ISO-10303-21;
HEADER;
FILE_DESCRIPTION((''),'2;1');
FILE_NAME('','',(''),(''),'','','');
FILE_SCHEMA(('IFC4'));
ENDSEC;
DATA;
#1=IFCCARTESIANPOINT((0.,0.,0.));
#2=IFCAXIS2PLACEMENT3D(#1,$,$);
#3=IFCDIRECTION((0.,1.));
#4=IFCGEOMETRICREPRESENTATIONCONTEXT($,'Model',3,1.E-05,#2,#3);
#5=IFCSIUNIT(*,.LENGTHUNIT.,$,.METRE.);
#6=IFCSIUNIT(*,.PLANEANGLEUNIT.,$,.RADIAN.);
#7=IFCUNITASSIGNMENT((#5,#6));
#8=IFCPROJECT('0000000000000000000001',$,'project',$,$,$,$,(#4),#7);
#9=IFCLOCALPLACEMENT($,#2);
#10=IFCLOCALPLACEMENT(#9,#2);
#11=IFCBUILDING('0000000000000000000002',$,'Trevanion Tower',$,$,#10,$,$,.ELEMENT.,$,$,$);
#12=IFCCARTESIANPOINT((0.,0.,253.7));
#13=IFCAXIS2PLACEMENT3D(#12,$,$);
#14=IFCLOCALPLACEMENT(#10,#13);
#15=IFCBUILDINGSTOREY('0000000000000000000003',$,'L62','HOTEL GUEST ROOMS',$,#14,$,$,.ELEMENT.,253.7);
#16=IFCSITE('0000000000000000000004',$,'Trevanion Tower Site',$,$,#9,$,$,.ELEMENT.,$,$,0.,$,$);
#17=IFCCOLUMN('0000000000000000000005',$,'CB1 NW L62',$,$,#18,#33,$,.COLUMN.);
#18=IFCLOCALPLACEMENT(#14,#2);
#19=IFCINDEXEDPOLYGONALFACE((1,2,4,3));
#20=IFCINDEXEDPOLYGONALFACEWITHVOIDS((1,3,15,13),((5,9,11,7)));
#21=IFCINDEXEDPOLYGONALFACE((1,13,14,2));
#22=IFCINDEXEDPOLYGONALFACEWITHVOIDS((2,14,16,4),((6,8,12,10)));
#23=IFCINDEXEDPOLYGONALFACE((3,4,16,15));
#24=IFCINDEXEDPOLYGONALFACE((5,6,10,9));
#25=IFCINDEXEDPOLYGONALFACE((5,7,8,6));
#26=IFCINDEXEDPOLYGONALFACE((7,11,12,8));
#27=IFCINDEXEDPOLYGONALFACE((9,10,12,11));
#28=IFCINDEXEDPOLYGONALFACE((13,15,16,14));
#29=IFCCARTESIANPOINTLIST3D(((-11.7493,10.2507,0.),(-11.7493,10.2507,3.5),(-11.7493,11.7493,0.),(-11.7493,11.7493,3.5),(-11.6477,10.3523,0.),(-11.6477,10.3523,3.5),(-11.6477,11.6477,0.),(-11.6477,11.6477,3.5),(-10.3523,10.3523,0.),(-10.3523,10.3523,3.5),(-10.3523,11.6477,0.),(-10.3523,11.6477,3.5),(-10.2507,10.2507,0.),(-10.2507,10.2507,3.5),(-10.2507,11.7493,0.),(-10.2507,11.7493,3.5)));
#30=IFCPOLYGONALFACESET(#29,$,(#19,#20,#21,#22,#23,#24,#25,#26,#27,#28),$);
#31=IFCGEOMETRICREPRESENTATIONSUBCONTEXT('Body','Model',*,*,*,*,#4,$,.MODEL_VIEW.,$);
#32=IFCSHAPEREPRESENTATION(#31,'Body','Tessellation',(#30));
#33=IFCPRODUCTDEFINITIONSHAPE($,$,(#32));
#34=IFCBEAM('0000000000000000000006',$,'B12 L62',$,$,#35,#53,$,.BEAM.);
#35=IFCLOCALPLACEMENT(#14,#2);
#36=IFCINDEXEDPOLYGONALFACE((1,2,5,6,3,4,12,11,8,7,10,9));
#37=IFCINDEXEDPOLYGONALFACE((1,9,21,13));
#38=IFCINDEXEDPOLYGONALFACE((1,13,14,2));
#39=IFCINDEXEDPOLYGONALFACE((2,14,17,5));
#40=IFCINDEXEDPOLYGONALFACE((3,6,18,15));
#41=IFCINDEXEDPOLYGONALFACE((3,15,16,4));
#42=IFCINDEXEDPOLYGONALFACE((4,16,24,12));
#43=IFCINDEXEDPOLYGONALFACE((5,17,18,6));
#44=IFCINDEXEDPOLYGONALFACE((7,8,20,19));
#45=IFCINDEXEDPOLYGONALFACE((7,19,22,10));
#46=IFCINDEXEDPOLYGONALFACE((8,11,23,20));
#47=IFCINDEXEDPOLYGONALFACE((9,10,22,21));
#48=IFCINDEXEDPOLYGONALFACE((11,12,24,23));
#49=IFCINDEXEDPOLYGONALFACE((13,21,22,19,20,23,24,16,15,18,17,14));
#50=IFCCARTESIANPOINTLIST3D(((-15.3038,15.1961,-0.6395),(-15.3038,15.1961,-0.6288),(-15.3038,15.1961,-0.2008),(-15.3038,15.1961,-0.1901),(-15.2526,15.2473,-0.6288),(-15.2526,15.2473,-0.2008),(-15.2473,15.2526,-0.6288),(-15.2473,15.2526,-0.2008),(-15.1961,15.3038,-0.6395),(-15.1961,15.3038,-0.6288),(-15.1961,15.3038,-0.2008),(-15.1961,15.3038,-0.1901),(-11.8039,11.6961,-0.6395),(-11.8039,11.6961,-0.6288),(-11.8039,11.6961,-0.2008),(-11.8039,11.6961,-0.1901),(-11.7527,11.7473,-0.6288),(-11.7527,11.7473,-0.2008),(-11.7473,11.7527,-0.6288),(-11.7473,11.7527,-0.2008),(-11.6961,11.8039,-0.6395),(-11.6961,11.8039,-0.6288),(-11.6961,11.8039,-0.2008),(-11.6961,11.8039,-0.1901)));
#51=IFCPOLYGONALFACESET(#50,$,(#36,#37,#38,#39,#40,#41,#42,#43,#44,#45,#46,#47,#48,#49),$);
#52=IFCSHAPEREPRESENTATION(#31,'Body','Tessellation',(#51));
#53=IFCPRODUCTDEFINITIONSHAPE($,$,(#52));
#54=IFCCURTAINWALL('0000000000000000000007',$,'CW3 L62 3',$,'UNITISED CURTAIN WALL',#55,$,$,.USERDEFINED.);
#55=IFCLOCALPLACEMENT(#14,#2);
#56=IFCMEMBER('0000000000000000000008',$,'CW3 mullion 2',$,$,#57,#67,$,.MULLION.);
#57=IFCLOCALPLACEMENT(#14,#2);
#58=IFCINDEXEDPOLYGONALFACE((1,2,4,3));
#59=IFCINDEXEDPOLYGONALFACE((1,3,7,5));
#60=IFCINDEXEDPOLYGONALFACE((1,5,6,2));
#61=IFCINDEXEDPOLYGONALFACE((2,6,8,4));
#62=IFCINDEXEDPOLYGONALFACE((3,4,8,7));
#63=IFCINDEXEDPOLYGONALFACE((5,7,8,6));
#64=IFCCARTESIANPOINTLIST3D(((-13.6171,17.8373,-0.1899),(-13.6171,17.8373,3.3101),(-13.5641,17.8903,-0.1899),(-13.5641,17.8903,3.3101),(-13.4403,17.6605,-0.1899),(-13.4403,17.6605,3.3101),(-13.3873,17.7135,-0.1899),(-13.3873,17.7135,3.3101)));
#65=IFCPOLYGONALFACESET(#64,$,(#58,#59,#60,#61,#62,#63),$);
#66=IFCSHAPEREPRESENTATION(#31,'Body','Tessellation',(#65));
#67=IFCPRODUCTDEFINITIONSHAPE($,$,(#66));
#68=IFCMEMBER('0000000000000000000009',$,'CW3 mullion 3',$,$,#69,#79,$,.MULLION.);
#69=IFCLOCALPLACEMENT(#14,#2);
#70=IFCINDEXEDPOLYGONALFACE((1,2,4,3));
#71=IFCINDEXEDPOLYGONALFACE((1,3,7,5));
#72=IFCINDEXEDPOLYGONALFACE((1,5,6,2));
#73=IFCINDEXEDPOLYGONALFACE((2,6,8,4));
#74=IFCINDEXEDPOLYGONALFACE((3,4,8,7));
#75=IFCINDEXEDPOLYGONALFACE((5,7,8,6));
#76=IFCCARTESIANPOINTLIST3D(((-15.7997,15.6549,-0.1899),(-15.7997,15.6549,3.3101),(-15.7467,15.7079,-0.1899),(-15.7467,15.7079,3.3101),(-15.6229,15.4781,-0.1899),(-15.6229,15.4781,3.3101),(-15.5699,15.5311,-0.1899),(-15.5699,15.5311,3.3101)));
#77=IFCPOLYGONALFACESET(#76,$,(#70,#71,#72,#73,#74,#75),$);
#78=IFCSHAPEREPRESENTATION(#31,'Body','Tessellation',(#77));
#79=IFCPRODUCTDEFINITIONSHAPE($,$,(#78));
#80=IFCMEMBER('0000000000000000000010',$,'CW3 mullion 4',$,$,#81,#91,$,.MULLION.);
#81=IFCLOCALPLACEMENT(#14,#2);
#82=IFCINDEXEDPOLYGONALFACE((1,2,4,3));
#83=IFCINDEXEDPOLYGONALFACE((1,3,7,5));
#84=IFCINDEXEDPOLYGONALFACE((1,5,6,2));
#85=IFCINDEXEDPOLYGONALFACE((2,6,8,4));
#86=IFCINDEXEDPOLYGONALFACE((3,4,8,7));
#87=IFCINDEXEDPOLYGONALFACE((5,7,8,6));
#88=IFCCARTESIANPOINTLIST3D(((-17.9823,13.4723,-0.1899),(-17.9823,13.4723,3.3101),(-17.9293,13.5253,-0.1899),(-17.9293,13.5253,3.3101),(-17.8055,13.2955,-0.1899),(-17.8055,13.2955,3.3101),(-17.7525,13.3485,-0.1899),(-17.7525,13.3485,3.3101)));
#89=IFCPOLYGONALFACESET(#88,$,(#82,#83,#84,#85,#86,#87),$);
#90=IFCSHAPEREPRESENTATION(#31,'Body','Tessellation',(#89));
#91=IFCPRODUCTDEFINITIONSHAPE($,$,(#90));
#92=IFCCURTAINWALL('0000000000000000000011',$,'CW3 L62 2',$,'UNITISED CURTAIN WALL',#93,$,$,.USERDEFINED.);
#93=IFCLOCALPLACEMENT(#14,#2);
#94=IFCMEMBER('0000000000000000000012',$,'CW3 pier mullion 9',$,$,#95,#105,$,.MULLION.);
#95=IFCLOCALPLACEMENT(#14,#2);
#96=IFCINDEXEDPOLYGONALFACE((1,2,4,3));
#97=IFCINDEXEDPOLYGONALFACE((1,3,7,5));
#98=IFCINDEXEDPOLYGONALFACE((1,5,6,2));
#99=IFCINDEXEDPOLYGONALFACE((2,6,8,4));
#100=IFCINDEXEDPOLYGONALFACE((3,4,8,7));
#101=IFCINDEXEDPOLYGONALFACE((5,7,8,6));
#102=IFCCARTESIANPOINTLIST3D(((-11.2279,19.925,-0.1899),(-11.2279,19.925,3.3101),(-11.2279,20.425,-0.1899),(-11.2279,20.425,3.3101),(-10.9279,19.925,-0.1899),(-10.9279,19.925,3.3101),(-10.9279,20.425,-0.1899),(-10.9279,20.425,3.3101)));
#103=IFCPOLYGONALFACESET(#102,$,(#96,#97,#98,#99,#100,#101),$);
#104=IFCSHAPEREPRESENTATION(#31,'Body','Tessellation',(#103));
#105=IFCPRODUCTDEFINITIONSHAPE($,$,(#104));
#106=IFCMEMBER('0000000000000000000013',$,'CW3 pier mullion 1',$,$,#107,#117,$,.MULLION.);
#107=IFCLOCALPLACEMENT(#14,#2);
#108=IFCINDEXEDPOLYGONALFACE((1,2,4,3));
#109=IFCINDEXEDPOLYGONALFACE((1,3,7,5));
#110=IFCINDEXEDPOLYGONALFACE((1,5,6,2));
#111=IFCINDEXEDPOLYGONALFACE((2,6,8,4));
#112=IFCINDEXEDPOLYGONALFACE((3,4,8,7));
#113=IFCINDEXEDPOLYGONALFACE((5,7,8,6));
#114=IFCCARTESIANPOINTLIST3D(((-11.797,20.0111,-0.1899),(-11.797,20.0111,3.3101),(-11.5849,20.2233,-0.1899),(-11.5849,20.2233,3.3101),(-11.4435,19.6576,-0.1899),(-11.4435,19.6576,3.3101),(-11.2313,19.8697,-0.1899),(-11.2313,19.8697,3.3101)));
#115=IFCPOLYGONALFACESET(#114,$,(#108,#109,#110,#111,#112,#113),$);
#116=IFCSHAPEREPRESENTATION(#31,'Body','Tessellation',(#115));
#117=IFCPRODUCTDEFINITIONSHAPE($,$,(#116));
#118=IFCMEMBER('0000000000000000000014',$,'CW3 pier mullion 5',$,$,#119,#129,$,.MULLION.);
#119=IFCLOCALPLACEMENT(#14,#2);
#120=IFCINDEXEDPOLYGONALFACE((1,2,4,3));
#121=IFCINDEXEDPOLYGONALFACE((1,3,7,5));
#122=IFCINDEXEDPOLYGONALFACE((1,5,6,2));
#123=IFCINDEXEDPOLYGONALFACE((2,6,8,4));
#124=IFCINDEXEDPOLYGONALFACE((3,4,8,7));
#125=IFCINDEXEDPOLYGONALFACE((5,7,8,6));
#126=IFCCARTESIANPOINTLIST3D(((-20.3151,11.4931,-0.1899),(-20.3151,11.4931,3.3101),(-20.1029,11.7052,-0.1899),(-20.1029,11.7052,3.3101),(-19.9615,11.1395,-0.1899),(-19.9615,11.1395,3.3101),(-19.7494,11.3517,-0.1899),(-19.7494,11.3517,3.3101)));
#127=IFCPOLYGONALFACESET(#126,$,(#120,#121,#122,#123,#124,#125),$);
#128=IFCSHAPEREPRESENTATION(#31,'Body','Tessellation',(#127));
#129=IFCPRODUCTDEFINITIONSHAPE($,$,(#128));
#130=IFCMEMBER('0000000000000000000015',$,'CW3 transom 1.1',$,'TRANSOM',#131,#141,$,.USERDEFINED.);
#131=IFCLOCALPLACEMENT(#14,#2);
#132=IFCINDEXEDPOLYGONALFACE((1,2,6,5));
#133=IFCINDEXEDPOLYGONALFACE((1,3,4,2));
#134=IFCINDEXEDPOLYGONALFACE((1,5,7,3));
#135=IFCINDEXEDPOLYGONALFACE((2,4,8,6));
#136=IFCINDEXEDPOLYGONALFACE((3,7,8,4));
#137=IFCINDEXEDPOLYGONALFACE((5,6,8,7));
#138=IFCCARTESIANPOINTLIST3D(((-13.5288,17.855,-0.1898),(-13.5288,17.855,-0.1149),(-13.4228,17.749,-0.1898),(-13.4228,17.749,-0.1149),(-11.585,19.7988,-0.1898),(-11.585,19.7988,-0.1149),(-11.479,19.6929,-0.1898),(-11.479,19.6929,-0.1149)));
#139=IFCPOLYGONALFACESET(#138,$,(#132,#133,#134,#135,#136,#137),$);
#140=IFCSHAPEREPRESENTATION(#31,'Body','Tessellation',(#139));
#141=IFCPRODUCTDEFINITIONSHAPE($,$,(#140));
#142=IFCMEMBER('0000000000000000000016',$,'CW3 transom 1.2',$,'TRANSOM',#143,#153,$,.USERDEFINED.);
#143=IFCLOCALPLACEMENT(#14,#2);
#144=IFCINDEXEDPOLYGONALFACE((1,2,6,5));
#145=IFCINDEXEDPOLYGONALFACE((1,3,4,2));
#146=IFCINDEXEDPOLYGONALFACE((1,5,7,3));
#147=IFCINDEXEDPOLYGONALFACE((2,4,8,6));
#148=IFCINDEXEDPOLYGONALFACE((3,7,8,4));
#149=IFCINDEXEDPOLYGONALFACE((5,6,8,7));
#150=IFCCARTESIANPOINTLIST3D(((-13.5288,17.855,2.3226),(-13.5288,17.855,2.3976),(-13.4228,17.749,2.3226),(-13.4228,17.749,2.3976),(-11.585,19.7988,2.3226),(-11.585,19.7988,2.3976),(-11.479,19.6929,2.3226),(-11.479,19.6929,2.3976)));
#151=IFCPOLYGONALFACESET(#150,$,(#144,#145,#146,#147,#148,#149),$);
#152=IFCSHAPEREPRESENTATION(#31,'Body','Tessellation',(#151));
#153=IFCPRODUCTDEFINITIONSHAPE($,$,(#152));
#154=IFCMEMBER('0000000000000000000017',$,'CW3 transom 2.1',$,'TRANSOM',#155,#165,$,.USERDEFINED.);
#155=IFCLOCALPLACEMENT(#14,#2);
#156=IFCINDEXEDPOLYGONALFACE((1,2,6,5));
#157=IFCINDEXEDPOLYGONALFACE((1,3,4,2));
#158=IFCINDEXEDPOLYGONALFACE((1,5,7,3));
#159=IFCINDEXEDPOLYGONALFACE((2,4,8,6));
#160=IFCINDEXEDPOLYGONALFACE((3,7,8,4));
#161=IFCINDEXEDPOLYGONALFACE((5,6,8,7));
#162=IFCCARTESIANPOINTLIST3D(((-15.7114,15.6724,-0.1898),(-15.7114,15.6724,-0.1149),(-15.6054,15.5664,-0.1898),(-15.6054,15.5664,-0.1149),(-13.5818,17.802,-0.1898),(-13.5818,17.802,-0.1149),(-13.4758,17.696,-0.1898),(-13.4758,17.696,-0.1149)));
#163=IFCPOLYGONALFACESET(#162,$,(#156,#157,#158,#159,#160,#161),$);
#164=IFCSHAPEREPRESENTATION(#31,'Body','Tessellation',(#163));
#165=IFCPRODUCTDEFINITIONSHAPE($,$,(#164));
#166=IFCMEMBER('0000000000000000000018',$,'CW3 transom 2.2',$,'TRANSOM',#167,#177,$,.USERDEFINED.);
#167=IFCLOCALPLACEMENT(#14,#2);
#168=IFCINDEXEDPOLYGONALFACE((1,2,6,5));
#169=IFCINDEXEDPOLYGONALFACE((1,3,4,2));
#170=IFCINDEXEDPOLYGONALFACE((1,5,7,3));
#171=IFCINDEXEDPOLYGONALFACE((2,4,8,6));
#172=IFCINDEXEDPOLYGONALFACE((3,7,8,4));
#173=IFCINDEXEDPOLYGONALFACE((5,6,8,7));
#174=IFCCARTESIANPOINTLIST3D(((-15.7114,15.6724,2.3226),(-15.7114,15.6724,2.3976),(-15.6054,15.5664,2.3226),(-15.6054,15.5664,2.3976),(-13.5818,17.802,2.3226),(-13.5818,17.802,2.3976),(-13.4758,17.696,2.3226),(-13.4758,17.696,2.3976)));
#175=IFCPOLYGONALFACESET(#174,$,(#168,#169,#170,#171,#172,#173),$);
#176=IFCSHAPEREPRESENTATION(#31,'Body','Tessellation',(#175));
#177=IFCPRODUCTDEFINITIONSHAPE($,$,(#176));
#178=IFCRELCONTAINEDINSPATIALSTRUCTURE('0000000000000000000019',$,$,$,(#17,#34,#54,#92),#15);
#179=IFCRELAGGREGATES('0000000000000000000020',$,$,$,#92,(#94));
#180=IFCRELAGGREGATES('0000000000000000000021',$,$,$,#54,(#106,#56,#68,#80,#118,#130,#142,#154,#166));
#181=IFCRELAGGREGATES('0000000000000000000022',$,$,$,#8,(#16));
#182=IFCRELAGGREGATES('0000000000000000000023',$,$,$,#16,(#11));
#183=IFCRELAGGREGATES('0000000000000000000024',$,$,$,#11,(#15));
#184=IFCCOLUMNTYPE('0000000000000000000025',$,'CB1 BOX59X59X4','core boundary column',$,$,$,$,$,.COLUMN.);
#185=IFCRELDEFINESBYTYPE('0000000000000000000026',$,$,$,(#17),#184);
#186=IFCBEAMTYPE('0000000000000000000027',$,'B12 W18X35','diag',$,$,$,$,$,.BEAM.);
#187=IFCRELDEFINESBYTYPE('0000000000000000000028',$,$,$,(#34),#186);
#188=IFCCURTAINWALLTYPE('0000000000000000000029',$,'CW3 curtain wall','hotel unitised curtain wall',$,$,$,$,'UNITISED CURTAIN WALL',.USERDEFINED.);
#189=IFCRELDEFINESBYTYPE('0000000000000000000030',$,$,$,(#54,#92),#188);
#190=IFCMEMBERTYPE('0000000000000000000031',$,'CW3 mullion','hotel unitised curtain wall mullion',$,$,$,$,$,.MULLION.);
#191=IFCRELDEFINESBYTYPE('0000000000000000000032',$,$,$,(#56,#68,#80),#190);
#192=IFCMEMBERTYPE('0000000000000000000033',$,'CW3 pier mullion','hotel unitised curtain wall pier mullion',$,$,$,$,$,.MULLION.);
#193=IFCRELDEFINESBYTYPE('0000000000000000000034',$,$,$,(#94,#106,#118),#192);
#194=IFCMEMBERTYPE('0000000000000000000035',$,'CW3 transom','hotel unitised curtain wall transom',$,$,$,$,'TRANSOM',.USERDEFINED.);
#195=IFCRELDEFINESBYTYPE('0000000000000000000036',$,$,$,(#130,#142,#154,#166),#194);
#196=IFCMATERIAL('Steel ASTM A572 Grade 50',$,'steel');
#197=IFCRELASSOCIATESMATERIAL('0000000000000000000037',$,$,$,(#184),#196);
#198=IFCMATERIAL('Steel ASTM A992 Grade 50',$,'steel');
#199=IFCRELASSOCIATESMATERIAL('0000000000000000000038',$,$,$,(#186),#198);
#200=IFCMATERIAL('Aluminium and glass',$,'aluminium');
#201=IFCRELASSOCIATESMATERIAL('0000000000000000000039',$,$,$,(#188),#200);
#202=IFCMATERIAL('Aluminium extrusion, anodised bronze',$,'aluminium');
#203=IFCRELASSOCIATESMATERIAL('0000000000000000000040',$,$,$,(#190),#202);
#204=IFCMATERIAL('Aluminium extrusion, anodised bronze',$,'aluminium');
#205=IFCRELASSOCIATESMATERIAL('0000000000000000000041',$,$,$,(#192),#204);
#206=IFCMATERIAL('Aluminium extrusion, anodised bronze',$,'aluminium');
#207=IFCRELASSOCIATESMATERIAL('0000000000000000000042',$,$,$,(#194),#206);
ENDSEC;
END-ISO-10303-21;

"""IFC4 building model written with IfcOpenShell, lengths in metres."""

from ifc_helpers import new_model, si_unit, direction, frame, origin, origin_2d, place, context, subcontext, project, spatial, rectangle, hollow_rectangle, i_section, extrude, material, material_profile, profile_set, type_object, element, aggregate, save


model = new_model("IFC4")

# Units and contexts
model_context = context("Model", 3, precision=1e-05, world=origin(), true_north=direction((0.0, 1.0)))
body_context = subcontext(model_context, "Body", "Model", "MODEL_VIEW")
ifc_project = project(units=[si_unit("LENGTHUNIT", "METRE"), si_unit("PLANEANGLEUNIT", "RADIAN")], contexts=[model_context])

# Site, building, storey
site_placement = place(None, origin())
site = spatial("IfcSite", under=ifc_project, at=site_placement, Name="Trevanion Tower Site", CompositionType="ELEMENT", RefElevation=0.0)
building_placement = place(site_placement, origin())
building = spatial("IfcBuilding", under=site, at=building_placement, Name="Trevanion Tower", CompositionType="ELEMENT")
storey_placement = place(building_placement, frame((0.0, 0.0, 253.7)))
storey = spatial("IfcBuildingStorey", under=building, at=storey_placement, Name="L62", Description="HOTEL GUEST ROOMS", CompositionType="ELEMENT", Elevation=253.7)

# Column
ifc_material_1 = material(Name="Steel ASTM A572 Grade 50", Category="steel")
ifc_material_profile_1 = material_profile(ifc_material_1, hollow_rectangle(XDim=1.4985, YDim=1.4985, WallThickness=0.1016, at=origin_2d()), Name="BOX59X59X4")
ifc_profile_set_1 = profile_set([ifc_material_profile_1], Name="Steel ASTM A572 Grade 50")
column_type = type_object("IfcColumnType", Name="CB1 BOX59X59X4", Description="core boundary column", PredefinedType="COLUMN", material=ifc_profile_set_1)
column_placement = place(storey_placement, frame((-11.0, 11.0, 0.0), z_axis=(0.0, 0.0, 1.0), x_axis=(1.0, 0.0, 0.0)))
element("IfcColumn", 1, at=column_placement, inside=storey, type_object=column_type, Name="CB1 NW L62", PredefinedType="COLUMN", context=body_context, shape_type="SweptSolid", body=[
    extrude(hollow_rectangle(XDim=1.4985, YDim=1.4985, WallThickness=0.1016, at=origin_2d()), origin(), (0.0, 0.0, 1.0), 3.5),
])

# Beam
ifc_material_2 = material(Name="Steel ASTM A992 Grade 50", Category="steel")
ifc_material_profile_2 = material_profile(ifc_material_2, i_section(OverallWidth=0.1523, OverallDepth=0.4495, WebThickness=0.0076, FlangeThickness=0.0107, at=origin_2d()), Name="W18X35")
ifc_profile_set_2 = profile_set([ifc_material_profile_2], Name="Steel ASTM A992 Grade 50")
beam_type_1 = type_object("IfcBeamType", Name="B12 W18X35", Description="diag", PredefinedType="BEAM", material=ifc_profile_set_2)
beam_1_placement = place(storey_placement, frame((-11.75, 11.75, -0.4148), z_axis=(-0.707107, 0.707107, 0.0), x_axis=(-0.707107, -0.707107, 0.0)))
element("IfcBeam", 2, at=beam_1_placement, inside=storey, type_object=beam_type_1, Name="B12 L62", PredefinedType="BEAM", context=body_context, shape_type="SweptSolid", body=[
    extrude(i_section(OverallWidth=0.1523, OverallDepth=0.4495, WebThickness=0.0076, FlangeThickness=0.0107, at=origin_2d()), origin(), (0.0, 0.0, 1.0), 4.9497),
])

# Curtain wall, members
ifc_material_3 = material(Name="Aluminium and glass", Category="aluminium")
curtain_wall_type = type_object("IfcCurtainWallType", Name="CW3 curtain wall", Description="hotel unitised curtain wall", ElementType="UNITISED CURTAIN WALL", PredefinedType="USERDEFINED", material=ifc_material_3)
curtain_wall_1_placement = place(storey_placement, origin())
curtain_wall_1 = element("IfcCurtainWall", 3, at=curtain_wall_1_placement, inside=storey, type_object=curtain_wall_type, Name="CW3 L62 3", ObjectType="UNITISED CURTAIN WALL", PredefinedType="USERDEFINED")
ifc_material_4 = material(Name="Aluminium extrusion, anodised bronze", Category="aluminium")
ifc_material_profile_3 = material_profile(ifc_material_4, rectangle(XDim=0.075, YDim=0.25, at=origin_2d()), Name="CW3 mullion")
ifc_profile_set_3 = profile_set([ifc_material_profile_3], Name="Aluminium extrusion, anodised bronze")
member_type_1 = type_object("IfcMemberType", Name="CW3 mullion", Description="hotel unitised curtain wall mullion", PredefinedType="MULLION", material=ifc_profile_set_3)
member_1_placement = place(storey_placement, frame((-13.5022, 17.7754, -0.1899), z_axis=(0.0, 0.0, 1.0), x_axis=(-0.707107, -0.707107, 0.0)))
member_1 = element("IfcMember", 4, at=member_1_placement, type_object=member_type_1, Name="CW3 mullion 2", PredefinedType="MULLION", context=body_context, shape_type="SweptSolid", body=[
    extrude(rectangle(XDim=0.075, YDim=0.25, at=origin_2d()), origin(), (0.0, 0.0, 1.0), 3.5),
])
member_2_placement = place(storey_placement, frame((-15.6848, 15.593, -0.1899), z_axis=(0.0, 0.0, 1.0), x_axis=(-0.707107, -0.707107, 0.0)))
member_2 = element("IfcMember", 5, at=member_2_placement, type_object=member_type_1, Name="CW3 mullion 3", PredefinedType="MULLION", context=body_context, shape_type="SweptSolid", body=[
    extrude(rectangle(XDim=0.075, YDim=0.25, at=origin_2d()), origin(), (0.0, 0.0, 1.0), 3.5),
])
member_3_placement = place(storey_placement, frame((-17.8674, 13.4104, -0.1899), z_axis=(0.0, 0.0, 1.0), x_axis=(-0.707107, -0.707107, 0.0)))
member_3 = element("IfcMember", 6, at=member_3_placement, type_object=member_type_1, Name="CW3 mullion 4", PredefinedType="MULLION", context=body_context, shape_type="SweptSolid", body=[
    extrude(rectangle(XDim=0.075, YDim=0.25, at=origin_2d()), origin(), (0.0, 0.0, 1.0), 3.5),
])

# Curtain wall, member
curtain_wall_2_placement = place(storey_placement, origin())
curtain_wall_2 = element("IfcCurtainWall", 7, at=curtain_wall_2_placement, inside=storey, type_object=curtain_wall_type, Name="CW3 L62 2", ObjectType="UNITISED CURTAIN WALL", PredefinedType="USERDEFINED")
ifc_material_5 = material(Name="Aluminium extrusion, anodised bronze", Category="aluminium")
ifc_material_profile_4 = material_profile(ifc_material_5, rectangle(XDim=0.3, YDim=0.5, at=origin_2d()), Name="CW3 pier mullion")
ifc_profile_set_4 = profile_set([ifc_material_profile_4], Name="Aluminium extrusion, anodised bronze")
member_type_2 = type_object("IfcMemberType", Name="CW3 pier mullion", Description="hotel unitised curtain wall pier mullion", PredefinedType="MULLION", material=ifc_profile_set_4)
member_4_placement = place(storey_placement, frame((-11.0779, 20.175, -0.1899), z_axis=(0.0, 0.0, 1.0), x_axis=(-1.0, 0.0, 0.0)))
member_4 = element("IfcMember", 8, at=member_4_placement, type_object=member_type_2, Name="CW3 pier mullion 9", PredefinedType="MULLION", context=body_context, shape_type="SweptSolid", body=[
    extrude(rectangle(XDim=0.3, YDim=0.5, at=origin_2d()), origin(), (0.0, 0.0, 1.0), 3.5),
])
aggregate(curtain_wall_2, [member_4])

# Members
member_5_placement = place(storey_placement, frame((-11.5142, 19.9404, -0.1899), z_axis=(0.0, 0.0, 1.0), x_axis=(-0.707107, -0.707107, 0.0)))
member_5 = element("IfcMember", 9, at=member_5_placement, type_object=member_type_2, Name="CW3 pier mullion 1", PredefinedType="MULLION", context=body_context, shape_type="SweptSolid", body=[
    extrude(rectangle(XDim=0.3, YDim=0.5, at=origin_2d()), origin(), (0.0, 0.0, 1.0), 3.5),
])
member_6_placement = place(storey_placement, frame((-20.0322, 11.4224, -0.1899), z_axis=(0.0, 0.0, 1.0), x_axis=(-0.707107, -0.707107, 0.0)))
member_6 = element("IfcMember", 10, at=member_6_placement, type_object=member_type_2, Name="CW3 pier mullion 5", PredefinedType="MULLION", context=body_context, shape_type="SweptSolid", body=[
    extrude(rectangle(XDim=0.3, YDim=0.5, at=origin_2d()), origin(), (0.0, 0.0, 1.0), 3.5),
])
ifc_material_6 = material(Name="Aluminium extrusion, anodised bronze", Category="aluminium")
ifc_material_profile_5 = material_profile(ifc_material_6, rectangle(XDim=0.1499, YDim=0.075, at=origin_2d()), Name="CW3 transom")
ifc_profile_set_5 = profile_set([ifc_material_profile_5], Name="Aluminium extrusion, anodised bronze")
member_type_3 = type_object("IfcMemberType", Name="CW3 transom", Description="hotel unitised curtain wall transom", ElementType="TRANSOM", PredefinedType="USERDEFINED", material=ifc_profile_set_5)
member_7_placement = place(storey_placement, frame((-11.532, 19.7458, -0.1523), z_axis=(-0.707107, -0.707107, 0.0), x_axis=(0.707107, -0.707107, 0.0)))
member_7 = element("IfcMember", 11, at=member_7_placement, type_object=member_type_3, Name="CW3 transom 1.1", ObjectType="TRANSOM", PredefinedType="USERDEFINED", context=body_context, shape_type="SweptSolid", body=[
    extrude(rectangle(XDim=0.1499, YDim=0.075, at=origin_2d()), origin(), (0.0, 0.0, 1.0), 2.749),
])
member_8_placement = place(storey_placement, frame((-11.532, 19.7458, 2.3601), z_axis=(-0.707107, -0.707107, 0.0), x_axis=(0.707107, -0.707107, 0.0)))
member_8 = element("IfcMember", 12, at=member_8_placement, type_object=member_type_3, Name="CW3 transom 1.2", ObjectType="TRANSOM", PredefinedType="USERDEFINED", context=body_context, shape_type="SweptSolid", body=[
    extrude(rectangle(XDim=0.1499, YDim=0.075, at=origin_2d()), origin(), (0.0, 0.0, 1.0), 2.749),
])
member_9_placement = place(storey_placement, frame((-13.5288, 17.749, -0.1523), z_axis=(-0.707107, -0.707107, 0.0), x_axis=(0.707107, -0.707107, 0.0)))
member_9 = element("IfcMember", 13, at=member_9_placement, type_object=member_type_3, Name="CW3 transom 2.1", ObjectType="TRANSOM", PredefinedType="USERDEFINED", context=body_context, shape_type="SweptSolid", body=[
    extrude(rectangle(XDim=0.1499, YDim=0.075, at=origin_2d()), origin(), (0.0, 0.0, 1.0), 3.0117),
])
member_10_placement = place(storey_placement, frame((-13.5288, 17.749, 2.3601), z_axis=(-0.707107, -0.707107, 0.0), x_axis=(0.707107, -0.707107, 0.0)))
member_10 = element("IfcMember", 14, at=member_10_placement, type_object=member_type_3, Name="CW3 transom 2.2", ObjectType="TRANSOM", PredefinedType="USERDEFINED", context=body_context, shape_type="SweptSolid", body=[
    extrude(rectangle(XDim=0.1499, YDim=0.075, at=origin_2d()), origin(), (0.0, 0.0, 1.0), 3.0117),
])

aggregate(curtain_wall_1, [member_5, member_1, member_2, member_3, member_6, member_7, member_8, member_9, member_10])

save(model, "model.ifc")
